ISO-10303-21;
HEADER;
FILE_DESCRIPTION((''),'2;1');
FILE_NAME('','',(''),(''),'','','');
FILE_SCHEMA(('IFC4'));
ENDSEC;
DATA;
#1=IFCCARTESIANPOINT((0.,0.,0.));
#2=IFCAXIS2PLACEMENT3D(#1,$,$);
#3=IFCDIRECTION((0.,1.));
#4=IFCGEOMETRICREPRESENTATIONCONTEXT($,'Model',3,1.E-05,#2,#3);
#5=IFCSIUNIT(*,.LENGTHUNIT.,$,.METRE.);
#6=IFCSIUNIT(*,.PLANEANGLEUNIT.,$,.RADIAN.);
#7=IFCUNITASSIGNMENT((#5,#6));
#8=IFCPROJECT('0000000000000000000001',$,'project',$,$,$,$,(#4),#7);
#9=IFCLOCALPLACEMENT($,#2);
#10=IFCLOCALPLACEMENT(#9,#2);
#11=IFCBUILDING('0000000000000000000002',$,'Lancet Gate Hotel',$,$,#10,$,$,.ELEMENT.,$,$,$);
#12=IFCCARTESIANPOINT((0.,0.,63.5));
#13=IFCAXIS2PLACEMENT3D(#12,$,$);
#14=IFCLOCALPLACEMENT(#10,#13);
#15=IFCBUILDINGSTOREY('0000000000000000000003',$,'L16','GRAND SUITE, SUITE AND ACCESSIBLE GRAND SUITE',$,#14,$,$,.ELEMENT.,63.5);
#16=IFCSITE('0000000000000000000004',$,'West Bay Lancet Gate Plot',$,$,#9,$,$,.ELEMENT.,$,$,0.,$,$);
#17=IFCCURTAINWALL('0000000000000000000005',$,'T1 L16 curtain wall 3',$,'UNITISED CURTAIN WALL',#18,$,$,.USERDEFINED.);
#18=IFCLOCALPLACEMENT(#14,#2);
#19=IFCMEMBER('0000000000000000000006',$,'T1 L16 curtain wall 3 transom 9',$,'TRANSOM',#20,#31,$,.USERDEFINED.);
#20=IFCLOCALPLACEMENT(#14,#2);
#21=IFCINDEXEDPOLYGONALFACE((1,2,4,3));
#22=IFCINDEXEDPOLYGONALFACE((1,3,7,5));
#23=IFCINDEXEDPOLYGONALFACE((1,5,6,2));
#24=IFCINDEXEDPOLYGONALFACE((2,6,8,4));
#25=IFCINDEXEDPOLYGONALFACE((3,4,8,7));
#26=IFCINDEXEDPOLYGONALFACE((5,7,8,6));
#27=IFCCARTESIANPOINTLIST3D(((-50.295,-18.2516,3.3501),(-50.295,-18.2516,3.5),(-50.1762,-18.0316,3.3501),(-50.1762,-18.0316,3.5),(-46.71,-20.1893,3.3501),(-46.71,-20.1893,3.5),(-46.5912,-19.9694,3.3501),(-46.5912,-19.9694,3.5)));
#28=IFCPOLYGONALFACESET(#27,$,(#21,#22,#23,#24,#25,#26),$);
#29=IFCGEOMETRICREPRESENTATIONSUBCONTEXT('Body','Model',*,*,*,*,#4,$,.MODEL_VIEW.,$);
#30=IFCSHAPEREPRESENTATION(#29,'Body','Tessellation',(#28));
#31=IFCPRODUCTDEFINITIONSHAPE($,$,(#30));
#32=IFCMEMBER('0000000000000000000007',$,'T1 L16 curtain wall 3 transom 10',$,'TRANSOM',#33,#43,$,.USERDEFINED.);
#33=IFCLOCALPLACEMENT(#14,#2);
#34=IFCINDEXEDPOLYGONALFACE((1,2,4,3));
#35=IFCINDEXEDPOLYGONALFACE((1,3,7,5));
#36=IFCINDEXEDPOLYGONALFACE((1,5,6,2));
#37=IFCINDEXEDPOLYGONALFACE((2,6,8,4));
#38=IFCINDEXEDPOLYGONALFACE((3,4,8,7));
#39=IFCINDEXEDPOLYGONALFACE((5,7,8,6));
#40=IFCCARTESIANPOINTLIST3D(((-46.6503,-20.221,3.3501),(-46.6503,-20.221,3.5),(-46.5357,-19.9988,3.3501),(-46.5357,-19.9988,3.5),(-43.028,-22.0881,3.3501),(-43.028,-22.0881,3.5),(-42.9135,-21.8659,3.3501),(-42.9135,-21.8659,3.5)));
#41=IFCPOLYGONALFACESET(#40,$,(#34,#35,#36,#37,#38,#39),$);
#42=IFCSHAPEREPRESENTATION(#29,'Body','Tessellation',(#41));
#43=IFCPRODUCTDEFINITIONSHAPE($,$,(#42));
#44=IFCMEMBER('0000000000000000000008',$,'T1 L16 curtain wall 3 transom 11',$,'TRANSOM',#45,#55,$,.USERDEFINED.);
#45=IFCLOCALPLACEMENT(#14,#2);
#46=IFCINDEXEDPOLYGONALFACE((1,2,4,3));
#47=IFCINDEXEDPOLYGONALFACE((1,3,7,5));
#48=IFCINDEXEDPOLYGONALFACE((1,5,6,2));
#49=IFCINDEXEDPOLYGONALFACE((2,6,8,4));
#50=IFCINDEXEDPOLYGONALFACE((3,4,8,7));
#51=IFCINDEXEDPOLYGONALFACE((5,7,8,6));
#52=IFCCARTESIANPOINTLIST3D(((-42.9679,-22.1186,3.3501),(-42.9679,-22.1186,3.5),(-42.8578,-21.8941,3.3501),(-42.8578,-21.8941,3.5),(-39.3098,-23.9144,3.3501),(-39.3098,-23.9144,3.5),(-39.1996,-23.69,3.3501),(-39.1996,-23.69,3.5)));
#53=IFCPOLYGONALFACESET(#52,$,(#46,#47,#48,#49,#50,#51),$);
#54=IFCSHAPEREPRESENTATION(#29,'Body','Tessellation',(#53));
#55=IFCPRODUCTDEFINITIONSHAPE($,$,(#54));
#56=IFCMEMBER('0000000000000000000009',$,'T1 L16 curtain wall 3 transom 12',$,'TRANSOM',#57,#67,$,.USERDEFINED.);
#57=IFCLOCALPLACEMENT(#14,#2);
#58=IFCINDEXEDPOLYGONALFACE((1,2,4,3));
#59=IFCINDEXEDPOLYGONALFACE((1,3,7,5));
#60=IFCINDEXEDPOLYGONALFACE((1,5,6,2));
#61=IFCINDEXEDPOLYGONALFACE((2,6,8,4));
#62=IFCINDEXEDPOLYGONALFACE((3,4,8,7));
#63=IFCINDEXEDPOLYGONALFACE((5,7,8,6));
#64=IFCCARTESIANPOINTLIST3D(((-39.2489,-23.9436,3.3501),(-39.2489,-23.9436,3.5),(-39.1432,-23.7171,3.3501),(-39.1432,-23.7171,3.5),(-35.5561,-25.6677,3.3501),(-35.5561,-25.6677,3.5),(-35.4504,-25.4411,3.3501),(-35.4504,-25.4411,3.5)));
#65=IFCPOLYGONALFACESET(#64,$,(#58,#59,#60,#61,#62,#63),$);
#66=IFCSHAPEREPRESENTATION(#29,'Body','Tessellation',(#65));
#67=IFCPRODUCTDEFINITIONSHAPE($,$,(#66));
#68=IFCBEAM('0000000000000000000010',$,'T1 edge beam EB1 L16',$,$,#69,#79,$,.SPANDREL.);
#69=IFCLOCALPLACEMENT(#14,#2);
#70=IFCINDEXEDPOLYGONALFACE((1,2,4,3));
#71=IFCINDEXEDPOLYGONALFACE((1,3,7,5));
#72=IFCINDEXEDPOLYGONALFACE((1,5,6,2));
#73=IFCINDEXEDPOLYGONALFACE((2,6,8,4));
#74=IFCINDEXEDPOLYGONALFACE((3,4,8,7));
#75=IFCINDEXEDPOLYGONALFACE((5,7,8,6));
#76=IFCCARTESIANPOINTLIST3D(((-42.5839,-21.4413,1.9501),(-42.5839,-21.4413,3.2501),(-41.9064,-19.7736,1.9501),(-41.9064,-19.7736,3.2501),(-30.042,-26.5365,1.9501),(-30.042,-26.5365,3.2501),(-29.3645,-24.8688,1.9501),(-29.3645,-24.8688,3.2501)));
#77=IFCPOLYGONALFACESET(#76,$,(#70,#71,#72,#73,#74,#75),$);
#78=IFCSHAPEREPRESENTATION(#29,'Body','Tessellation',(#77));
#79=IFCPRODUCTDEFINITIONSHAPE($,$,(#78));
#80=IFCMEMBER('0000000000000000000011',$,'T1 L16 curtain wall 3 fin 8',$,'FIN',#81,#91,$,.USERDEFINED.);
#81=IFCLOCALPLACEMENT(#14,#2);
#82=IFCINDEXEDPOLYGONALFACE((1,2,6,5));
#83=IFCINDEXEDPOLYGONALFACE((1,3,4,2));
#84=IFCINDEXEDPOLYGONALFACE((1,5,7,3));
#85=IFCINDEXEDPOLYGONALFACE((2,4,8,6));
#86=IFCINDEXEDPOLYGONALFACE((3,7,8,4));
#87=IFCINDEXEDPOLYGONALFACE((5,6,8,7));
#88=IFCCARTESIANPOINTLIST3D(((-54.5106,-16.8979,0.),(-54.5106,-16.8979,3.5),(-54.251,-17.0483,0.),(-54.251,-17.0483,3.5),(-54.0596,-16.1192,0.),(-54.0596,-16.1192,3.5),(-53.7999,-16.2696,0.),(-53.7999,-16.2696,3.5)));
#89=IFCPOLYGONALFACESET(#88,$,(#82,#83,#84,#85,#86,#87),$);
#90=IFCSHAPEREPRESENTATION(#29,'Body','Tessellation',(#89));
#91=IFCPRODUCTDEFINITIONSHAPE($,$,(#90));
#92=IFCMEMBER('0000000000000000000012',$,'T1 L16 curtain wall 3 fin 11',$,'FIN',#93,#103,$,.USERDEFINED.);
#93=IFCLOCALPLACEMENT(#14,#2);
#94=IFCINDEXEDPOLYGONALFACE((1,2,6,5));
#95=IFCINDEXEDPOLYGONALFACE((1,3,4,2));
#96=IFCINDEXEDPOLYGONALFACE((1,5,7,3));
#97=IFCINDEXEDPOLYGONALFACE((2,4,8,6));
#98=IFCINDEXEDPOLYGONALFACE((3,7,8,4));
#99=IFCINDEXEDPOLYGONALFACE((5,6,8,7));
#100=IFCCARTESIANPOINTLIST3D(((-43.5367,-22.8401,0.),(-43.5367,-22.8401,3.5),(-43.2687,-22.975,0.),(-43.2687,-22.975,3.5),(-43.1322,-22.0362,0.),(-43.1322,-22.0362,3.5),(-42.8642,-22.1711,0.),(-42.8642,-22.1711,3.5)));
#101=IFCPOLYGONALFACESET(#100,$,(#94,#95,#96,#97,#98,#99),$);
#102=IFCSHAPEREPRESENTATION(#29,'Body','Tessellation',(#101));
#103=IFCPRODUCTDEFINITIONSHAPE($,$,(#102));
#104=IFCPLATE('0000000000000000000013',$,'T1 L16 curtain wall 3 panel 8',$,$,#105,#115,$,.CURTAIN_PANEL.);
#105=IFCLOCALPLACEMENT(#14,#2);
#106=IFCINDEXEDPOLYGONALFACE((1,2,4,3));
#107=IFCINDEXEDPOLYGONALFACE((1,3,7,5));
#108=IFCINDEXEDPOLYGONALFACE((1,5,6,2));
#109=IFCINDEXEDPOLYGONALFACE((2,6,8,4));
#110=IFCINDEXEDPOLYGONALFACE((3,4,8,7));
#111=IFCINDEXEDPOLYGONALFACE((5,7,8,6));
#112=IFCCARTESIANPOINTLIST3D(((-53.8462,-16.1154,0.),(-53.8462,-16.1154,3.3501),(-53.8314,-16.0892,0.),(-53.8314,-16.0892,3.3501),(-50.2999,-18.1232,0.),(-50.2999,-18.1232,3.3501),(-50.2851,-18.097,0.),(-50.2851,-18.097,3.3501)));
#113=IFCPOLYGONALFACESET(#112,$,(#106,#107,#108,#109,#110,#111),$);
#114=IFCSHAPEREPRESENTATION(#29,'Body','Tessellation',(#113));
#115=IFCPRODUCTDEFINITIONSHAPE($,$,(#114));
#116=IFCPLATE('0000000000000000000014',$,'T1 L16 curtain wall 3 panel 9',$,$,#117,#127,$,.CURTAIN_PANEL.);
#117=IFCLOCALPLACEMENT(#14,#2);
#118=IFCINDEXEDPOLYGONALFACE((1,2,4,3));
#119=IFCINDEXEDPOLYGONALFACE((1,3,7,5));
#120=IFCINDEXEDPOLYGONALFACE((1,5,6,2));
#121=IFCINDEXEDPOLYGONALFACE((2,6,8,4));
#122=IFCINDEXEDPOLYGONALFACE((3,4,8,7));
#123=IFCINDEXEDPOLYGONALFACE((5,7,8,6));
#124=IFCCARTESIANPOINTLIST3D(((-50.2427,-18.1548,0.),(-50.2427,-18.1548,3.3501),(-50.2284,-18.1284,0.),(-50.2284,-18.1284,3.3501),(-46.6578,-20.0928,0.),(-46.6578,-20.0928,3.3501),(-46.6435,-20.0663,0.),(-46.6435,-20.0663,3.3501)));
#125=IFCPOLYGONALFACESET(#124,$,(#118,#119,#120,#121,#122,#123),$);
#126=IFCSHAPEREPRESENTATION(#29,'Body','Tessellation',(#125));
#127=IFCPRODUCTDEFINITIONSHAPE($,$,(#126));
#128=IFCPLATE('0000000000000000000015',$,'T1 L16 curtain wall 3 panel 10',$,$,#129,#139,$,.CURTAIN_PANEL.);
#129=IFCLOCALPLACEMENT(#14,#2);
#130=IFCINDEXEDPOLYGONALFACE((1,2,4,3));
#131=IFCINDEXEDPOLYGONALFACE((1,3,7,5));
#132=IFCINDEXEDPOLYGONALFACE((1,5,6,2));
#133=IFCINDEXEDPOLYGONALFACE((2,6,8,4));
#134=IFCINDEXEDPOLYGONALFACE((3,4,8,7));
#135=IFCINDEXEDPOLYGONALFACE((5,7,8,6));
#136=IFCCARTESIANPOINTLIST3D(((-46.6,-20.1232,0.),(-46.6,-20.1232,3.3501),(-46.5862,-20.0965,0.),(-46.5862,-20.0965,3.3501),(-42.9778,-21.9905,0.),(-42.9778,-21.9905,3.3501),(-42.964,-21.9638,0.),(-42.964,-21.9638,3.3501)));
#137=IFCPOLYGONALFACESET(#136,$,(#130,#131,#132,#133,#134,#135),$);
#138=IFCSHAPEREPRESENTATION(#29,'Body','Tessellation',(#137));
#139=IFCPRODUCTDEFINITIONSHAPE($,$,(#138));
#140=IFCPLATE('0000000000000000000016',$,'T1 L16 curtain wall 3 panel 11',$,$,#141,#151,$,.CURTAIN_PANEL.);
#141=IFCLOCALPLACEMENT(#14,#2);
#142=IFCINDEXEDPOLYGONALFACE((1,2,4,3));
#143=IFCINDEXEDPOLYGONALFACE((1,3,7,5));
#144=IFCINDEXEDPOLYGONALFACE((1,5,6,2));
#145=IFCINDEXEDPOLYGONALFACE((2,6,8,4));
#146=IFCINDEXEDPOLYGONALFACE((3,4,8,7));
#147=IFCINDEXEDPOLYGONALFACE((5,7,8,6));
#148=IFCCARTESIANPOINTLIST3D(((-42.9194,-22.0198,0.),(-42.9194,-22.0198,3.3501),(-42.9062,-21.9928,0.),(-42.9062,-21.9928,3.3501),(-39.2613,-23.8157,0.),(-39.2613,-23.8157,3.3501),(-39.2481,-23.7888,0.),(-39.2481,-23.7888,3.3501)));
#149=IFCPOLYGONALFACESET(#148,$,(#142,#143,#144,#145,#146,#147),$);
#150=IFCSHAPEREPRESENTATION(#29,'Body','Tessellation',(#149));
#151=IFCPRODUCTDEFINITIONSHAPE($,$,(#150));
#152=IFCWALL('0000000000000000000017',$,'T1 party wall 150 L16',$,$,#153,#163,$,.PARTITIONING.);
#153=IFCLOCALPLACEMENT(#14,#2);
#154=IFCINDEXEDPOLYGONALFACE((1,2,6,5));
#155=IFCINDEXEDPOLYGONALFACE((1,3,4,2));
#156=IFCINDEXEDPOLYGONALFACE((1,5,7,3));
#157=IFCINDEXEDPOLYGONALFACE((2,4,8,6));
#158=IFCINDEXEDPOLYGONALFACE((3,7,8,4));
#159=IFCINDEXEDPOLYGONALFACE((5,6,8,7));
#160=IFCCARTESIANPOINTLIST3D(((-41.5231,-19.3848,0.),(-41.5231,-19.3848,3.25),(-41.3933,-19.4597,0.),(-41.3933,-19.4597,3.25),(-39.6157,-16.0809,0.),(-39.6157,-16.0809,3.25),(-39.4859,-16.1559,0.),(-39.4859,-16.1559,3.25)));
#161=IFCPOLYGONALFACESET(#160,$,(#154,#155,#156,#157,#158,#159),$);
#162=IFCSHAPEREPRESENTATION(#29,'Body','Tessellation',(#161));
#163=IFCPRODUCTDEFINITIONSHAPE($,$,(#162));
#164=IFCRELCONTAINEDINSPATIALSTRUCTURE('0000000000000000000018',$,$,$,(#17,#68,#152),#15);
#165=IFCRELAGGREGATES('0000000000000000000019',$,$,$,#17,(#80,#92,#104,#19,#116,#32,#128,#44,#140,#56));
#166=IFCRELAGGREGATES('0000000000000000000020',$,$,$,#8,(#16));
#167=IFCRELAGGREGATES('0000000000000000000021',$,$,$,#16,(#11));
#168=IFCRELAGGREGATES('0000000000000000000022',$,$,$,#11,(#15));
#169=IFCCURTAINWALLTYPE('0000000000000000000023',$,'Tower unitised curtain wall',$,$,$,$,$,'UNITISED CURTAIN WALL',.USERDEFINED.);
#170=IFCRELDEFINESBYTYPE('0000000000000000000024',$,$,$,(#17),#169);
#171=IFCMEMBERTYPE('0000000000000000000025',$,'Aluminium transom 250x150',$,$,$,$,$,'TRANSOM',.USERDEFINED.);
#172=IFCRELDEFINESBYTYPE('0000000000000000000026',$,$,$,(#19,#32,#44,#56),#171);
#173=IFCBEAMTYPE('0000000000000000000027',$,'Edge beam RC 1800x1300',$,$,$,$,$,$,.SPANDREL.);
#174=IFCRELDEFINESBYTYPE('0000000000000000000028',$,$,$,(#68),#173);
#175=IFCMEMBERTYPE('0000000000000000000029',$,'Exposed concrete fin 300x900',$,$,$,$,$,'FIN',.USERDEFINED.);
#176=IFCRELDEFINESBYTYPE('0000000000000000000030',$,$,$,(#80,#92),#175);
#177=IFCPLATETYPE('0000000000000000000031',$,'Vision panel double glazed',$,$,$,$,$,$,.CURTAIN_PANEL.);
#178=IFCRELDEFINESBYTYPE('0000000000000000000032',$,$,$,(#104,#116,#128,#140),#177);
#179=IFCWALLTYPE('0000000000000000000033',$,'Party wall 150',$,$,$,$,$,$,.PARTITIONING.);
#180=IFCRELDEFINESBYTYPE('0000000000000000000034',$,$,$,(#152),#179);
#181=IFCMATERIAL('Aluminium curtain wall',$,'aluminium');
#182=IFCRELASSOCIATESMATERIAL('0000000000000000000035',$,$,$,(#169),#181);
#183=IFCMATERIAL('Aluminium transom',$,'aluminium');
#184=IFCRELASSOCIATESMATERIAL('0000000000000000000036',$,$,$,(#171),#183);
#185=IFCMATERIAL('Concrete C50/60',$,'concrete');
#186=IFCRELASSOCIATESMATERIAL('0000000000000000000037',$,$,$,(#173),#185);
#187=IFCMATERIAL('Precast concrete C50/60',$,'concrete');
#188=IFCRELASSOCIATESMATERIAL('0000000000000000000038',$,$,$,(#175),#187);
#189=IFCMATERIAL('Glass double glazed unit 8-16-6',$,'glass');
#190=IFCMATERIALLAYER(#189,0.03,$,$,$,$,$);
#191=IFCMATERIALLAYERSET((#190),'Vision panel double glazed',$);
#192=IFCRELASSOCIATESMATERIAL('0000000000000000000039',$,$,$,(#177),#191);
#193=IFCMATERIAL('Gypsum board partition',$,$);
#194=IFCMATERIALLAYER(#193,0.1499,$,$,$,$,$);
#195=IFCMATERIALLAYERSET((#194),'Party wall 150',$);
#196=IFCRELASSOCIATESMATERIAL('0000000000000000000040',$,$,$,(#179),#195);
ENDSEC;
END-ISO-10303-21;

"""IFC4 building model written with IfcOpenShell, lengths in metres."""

from ifc_helpers import new_model, si_unit, direction, frame, frame_2d, origin, origin_2d, place, context, subcontext, project, spatial, rectangle, extrude, material, layer, layer_set, material_profile, profile_set, type_object, element, aggregate, save


model = new_model("IFC4")

# Units and contexts
model_context = context("Model", 3, precision=1e-05, world=origin(), true_north=direction((0.0, 1.0)))
body_context = subcontext(model_context, "Body", "Model", "MODEL_VIEW")
ifc_project = project(units=[si_unit("LENGTHUNIT", "METRE"), si_unit("PLANEANGLEUNIT", "RADIAN")], contexts=[model_context])

# Site, building, storey
site_placement = place(None, origin())
site = spatial("IfcSite", under=ifc_project, at=site_placement, Name="West Bay Lancet Gate Plot", CompositionType="ELEMENT", RefElevation=0.0)
building_placement = place(site_placement, origin())
building = spatial("IfcBuilding", under=site, at=building_placement, Name="Lancet Gate Hotel", CompositionType="ELEMENT")
storey_placement = place(building_placement, frame((0.0, 0.0, 63.5)))
storey = spatial("IfcBuildingStorey", under=building, at=storey_placement, Name="L16", Description="GRAND SUITE, SUITE AND ACCESSIBLE GRAND SUITE", CompositionType="ELEMENT", Elevation=63.5)

# Curtain wall, members
ifc_material_1 = material(Name="Aluminium curtain wall", Category="aluminium")
curtain_wall_type = type_object("IfcCurtainWallType", Name="Tower unitised curtain wall", ElementType="UNITISED CURTAIN WALL", PredefinedType="USERDEFINED", material=ifc_material_1)
curtain_wall_placement = place(storey_placement, origin())
curtain_wall = element("IfcCurtainWall", 1, at=curtain_wall_placement, inside=storey, type_object=curtain_wall_type, Name="T1 L16 curtain wall 3", ObjectType="UNITISED CURTAIN WALL", PredefinedType="USERDEFINED")
ifc_material_2 = material(Name="Aluminium transom", Category="aluminium")
ifc_material_profile_1 = material_profile(ifc_material_2, rectangle(XDim=0.25, YDim=0.1499, at=origin_2d()), Name="TRANSOM 250x150")
ifc_profile_set_1 = profile_set([ifc_material_profile_1], Name="Aluminium transom")
member_type_1 = type_object("IfcMemberType", Name="Aluminium transom 250x150", ElementType="TRANSOM", PredefinedType="USERDEFINED", material=ifc_profile_set_1)
member_1_placement = place(storey_placement, frame((-50.2356, -18.1416, 3.425), z_axis=(0.879714, -0.475503, 0.0), x_axis=(0.475503, 0.879714, 0.0)))
member_1 = element("IfcMember", 2, at=member_1_placement, type_object=member_type_1, Name="T1 L16 curtain wall 3 transom 9", ObjectType="TRANSOM", PredefinedType="USERDEFINED", context=body_context, shape_type="SweptSolid", body=[
    extrude(rectangle(XDim=0.25, YDim=0.1499, at=origin_2d()), origin(), (0.0, 0.0, 1.0), 4.0752),
])
member_2_placement = place(storey_placement, frame((-46.593, -20.1099, 3.425), z_axis=(0.88886, -0.458179, 0.0), x_axis=(0.458179, 0.88886, 0.0)))
member_2 = element("IfcMember", 3, at=member_2_placement, type_object=member_type_1, Name="T1 L16 curtain wall 3 transom 10", ObjectType="TRANSOM", PredefinedType="USERDEFINED", context=body_context, shape_type="SweptSolid", body=[
    extrude(rectangle(XDim=0.25, YDim=0.1499, at=origin_2d()), origin(), (0.0, 0.0, 1.0), 4.0752),
])
member_3_placement = place(storey_placement, frame((-42.9128, -22.0063, 3.425), z_axis=(0.897662, -0.440684, 0.0), x_axis=(0.440684, 0.897662, 0.0)))
member_3 = element("IfcMember", 4, at=member_3_placement, type_object=member_type_1, Name="T1 L16 curtain wall 3 transom 11", ObjectType="TRANSOM", PredefinedType="USERDEFINED", context=body_context, shape_type="SweptSolid", body=[
    extrude(rectangle(XDim=0.25, YDim=0.1499, at=origin_2d()), origin(), (0.0, 0.0, 1.0), 4.0752),
])
member_4_placement = place(storey_placement, frame((-39.196, -23.8303, 3.425), z_axis=(0.90611, -0.423043, 0.0), x_axis=(0.423043, 0.90611, 0.0)))
member_4 = element("IfcMember", 5, at=member_4_placement, type_object=member_type_1, Name="T1 L16 curtain wall 3 transom 12", ObjectType="TRANSOM", PredefinedType="USERDEFINED", context=body_context, shape_type="SweptSolid", body=[
    extrude(rectangle(XDim=0.25, YDim=0.1499, at=origin_2d()), origin(), (0.0, 0.0, 1.0), 4.0754),
])

# Beam
ifc_material_3 = material(Name="Concrete C50/60", Category="concrete")
ifc_material_profile_2 = material_profile(ifc_material_3, rectangle(XDim=1.8, YDim=1.3, at=origin_2d()), Name="RC 1800x1300")
ifc_profile_set_2 = profile_set([ifc_material_profile_2], Name="Concrete C50/60")
beam_type = type_object("IfcBeamType", Name="Edge beam RC 1800x1300", PredefinedType="SPANDREL", material=ifc_profile_set_2)
beam_placement = place(storey_placement, frame((-42.2451, -20.6074, 2.6001), z_axis=(0.926463, -0.376385, 0.0), x_axis=(0.376385, 0.926463, 0.0)))
element("IfcBeam", 6, at=beam_placement, inside=storey, type_object=beam_type, Name="T1 edge beam EB1 L16", PredefinedType="SPANDREL", context=body_context, shape_type="SweptSolid", body=[
    extrude(rectangle(XDim=1.8, YDim=1.3, at=origin_2d()), origin(), (0.0, 0.0, 1.0), 13.5374),
])

# Members
ifc_material_4 = material(Name="Precast concrete C50/60", Category="concrete")
ifc_material_profile_3 = material_profile(ifc_material_4, rectangle(XDim=0.3, YDim=0.8999, at=origin_2d()), Name="FIN 300x900")
ifc_profile_set_3 = profile_set([ifc_material_profile_3], Name="Precast concrete C50/60")
member_type_2 = type_object("IfcMemberType", Name="Exposed concrete fin 300x900", ElementType="FIN", PredefinedType="USERDEFINED", material=ifc_profile_set_3)
member_5_placement = place(storey_placement, frame((-54.1553, -16.5837, 0.0), z_axis=(0.0, 0.0, 1.0), x_axis=(0.865335, -0.501194, 0.0)))
member_5 = element("IfcMember", 7, at=member_5_placement, type_object=member_type_2, Name="T1 L16 curtain wall 3 fin 8", ObjectType="FIN", PredefinedType="USERDEFINED", context=body_context, shape_type="SweptSolid", body=[
    extrude(rectangle(XDim=0.3, YDim=0.8999, at=origin_2d()), origin(), (0.0, 0.0, 1.0), 3.5),
])
member_6_placement = place(storey_placement, frame((-43.2004, -22.5056, 0.0), z_axis=(0.0, 0.0, 1.0), x_axis=(0.893292, -0.449478, 0.0)))
member_6 = element("IfcMember", 8, at=member_6_placement, type_object=member_type_2, Name="T1 L16 curtain wall 3 fin 11", ObjectType="FIN", PredefinedType="USERDEFINED", context=body_context, shape_type="SweptSolid", body=[
    extrude(rectangle(XDim=0.3, YDim=0.8999, at=origin_2d()), origin(), (0.0, 0.0, 1.0), 3.5),
])

# Plates
ifc_material_5 = material(Name="Glass double glazed unit 8-16-6", Category="glass")
ifc_layer_1 = layer(ifc_material_5, 0.03)
ifc_layer_set_1 = layer_set([ifc_layer_1], Name="Vision panel double glazed")
plate_type = type_object("IfcPlateType", Name="Vision panel double glazed", PredefinedType="CURTAIN_PANEL", material=ifc_layer_set_1)
plate_1_placement = place(storey_placement, frame((-52.0657, -17.1062, 0.0), z_axis=(0.0, 0.0, 1.0), x_axis=(0.870205, -0.49269, 0.0)))
plate_1 = element("IfcPlate", 9, at=plate_1_placement, type_object=plate_type, Name="T1 L16 curtain wall 3 panel 8", PredefinedType="CURTAIN_PANEL", context=body_context, shape_type="SweptSolid", body=[
    extrude(rectangle(XDim=4.0752, YDim=0.03, at=origin_2d()), origin(), (0.0, 0.0, 1.0), 3.3501),
])
plate_2_placement = place(storey_placement, frame((-48.4431, -19.1106, 0.0), z_axis=(0.0, 0.0, 1.0), x_axis=(0.879693, -0.475541, 0.0)))
plate_2 = element("IfcPlate", 10, at=plate_2_placement, type_object=plate_type, Name="T1 L16 curtain wall 3 panel 9", PredefinedType="CURTAIN_PANEL", context=body_context, shape_type="SweptSolid", body=[
    extrude(rectangle(XDim=4.0752, YDim=0.03, at=origin_2d()), origin(), (0.0, 0.0, 1.0), 3.3501),
])
plate_3_placement = place(storey_placement, frame((-44.782, -21.0435, 0.0), z_axis=(0.0, 0.0, 1.0), x_axis=(0.888844, -0.45821, 0.0)))
plate_3 = element("IfcPlate", 11, at=plate_3_placement, type_object=plate_type, Name="T1 L16 curtain wall 3 panel 10", PredefinedType="CURTAIN_PANEL", context=body_context, shape_type="SweptSolid", body=[
    extrude(rectangle(XDim=4.0752, YDim=0.03, at=origin_2d()), origin(), (0.0, 0.0, 1.0), 3.3501),
])
plate_4_placement = place(storey_placement, frame((-41.0837, -22.9043, 0.0), z_axis=(0.0, 0.0, 1.0), x_axis=(0.897653, -0.440702, 0.0)))
plate_4 = element("IfcPlate", 12, at=plate_4_placement, type_object=plate_type, Name="T1 L16 curtain wall 3 panel 11", PredefinedType="CURTAIN_PANEL", context=body_context, shape_type="SweptSolid", body=[
    extrude(rectangle(XDim=4.0752, YDim=0.03, at=origin_2d()), origin(), (0.0, 0.0, 1.0), 3.3501),
])
aggregate(curtain_wall, [member_5, member_6, plate_1, member_1, plate_2, member_2, plate_3, member_3, plate_4, member_4])

# Wall
ifc_material_6 = material(Name="Gypsum board partition")
ifc_layer_2 = layer(ifc_material_6, 0.1499)
ifc_layer_set_2 = layer_set([ifc_layer_2], Name="Party wall 150")
wall_type = type_object("IfcWallType", Name="Party wall 150", PredefinedType="PARTITIONING", material=ifc_layer_set_2)
wall_placement = place(storey_placement, frame((-39.5508, -16.1184, 0.0), z_axis=(0.0, 0.0, 1.0), x_axis=(-0.499987, -0.866033, 0.0)))
element("IfcWall", 13, at=wall_placement, inside=storey, type_object=wall_type, Name="T1 party wall 150 L16", PredefinedType="PARTITIONING", context=body_context, shape_type="SweptSolid", body=[
    extrude(rectangle(XDim=3.8149, YDim=0.1499, at=frame_2d((1.9075, 0.0))), origin(), (0.0, 0.0, 1.0), 3.25),
])

save(model, "model.ifc")
